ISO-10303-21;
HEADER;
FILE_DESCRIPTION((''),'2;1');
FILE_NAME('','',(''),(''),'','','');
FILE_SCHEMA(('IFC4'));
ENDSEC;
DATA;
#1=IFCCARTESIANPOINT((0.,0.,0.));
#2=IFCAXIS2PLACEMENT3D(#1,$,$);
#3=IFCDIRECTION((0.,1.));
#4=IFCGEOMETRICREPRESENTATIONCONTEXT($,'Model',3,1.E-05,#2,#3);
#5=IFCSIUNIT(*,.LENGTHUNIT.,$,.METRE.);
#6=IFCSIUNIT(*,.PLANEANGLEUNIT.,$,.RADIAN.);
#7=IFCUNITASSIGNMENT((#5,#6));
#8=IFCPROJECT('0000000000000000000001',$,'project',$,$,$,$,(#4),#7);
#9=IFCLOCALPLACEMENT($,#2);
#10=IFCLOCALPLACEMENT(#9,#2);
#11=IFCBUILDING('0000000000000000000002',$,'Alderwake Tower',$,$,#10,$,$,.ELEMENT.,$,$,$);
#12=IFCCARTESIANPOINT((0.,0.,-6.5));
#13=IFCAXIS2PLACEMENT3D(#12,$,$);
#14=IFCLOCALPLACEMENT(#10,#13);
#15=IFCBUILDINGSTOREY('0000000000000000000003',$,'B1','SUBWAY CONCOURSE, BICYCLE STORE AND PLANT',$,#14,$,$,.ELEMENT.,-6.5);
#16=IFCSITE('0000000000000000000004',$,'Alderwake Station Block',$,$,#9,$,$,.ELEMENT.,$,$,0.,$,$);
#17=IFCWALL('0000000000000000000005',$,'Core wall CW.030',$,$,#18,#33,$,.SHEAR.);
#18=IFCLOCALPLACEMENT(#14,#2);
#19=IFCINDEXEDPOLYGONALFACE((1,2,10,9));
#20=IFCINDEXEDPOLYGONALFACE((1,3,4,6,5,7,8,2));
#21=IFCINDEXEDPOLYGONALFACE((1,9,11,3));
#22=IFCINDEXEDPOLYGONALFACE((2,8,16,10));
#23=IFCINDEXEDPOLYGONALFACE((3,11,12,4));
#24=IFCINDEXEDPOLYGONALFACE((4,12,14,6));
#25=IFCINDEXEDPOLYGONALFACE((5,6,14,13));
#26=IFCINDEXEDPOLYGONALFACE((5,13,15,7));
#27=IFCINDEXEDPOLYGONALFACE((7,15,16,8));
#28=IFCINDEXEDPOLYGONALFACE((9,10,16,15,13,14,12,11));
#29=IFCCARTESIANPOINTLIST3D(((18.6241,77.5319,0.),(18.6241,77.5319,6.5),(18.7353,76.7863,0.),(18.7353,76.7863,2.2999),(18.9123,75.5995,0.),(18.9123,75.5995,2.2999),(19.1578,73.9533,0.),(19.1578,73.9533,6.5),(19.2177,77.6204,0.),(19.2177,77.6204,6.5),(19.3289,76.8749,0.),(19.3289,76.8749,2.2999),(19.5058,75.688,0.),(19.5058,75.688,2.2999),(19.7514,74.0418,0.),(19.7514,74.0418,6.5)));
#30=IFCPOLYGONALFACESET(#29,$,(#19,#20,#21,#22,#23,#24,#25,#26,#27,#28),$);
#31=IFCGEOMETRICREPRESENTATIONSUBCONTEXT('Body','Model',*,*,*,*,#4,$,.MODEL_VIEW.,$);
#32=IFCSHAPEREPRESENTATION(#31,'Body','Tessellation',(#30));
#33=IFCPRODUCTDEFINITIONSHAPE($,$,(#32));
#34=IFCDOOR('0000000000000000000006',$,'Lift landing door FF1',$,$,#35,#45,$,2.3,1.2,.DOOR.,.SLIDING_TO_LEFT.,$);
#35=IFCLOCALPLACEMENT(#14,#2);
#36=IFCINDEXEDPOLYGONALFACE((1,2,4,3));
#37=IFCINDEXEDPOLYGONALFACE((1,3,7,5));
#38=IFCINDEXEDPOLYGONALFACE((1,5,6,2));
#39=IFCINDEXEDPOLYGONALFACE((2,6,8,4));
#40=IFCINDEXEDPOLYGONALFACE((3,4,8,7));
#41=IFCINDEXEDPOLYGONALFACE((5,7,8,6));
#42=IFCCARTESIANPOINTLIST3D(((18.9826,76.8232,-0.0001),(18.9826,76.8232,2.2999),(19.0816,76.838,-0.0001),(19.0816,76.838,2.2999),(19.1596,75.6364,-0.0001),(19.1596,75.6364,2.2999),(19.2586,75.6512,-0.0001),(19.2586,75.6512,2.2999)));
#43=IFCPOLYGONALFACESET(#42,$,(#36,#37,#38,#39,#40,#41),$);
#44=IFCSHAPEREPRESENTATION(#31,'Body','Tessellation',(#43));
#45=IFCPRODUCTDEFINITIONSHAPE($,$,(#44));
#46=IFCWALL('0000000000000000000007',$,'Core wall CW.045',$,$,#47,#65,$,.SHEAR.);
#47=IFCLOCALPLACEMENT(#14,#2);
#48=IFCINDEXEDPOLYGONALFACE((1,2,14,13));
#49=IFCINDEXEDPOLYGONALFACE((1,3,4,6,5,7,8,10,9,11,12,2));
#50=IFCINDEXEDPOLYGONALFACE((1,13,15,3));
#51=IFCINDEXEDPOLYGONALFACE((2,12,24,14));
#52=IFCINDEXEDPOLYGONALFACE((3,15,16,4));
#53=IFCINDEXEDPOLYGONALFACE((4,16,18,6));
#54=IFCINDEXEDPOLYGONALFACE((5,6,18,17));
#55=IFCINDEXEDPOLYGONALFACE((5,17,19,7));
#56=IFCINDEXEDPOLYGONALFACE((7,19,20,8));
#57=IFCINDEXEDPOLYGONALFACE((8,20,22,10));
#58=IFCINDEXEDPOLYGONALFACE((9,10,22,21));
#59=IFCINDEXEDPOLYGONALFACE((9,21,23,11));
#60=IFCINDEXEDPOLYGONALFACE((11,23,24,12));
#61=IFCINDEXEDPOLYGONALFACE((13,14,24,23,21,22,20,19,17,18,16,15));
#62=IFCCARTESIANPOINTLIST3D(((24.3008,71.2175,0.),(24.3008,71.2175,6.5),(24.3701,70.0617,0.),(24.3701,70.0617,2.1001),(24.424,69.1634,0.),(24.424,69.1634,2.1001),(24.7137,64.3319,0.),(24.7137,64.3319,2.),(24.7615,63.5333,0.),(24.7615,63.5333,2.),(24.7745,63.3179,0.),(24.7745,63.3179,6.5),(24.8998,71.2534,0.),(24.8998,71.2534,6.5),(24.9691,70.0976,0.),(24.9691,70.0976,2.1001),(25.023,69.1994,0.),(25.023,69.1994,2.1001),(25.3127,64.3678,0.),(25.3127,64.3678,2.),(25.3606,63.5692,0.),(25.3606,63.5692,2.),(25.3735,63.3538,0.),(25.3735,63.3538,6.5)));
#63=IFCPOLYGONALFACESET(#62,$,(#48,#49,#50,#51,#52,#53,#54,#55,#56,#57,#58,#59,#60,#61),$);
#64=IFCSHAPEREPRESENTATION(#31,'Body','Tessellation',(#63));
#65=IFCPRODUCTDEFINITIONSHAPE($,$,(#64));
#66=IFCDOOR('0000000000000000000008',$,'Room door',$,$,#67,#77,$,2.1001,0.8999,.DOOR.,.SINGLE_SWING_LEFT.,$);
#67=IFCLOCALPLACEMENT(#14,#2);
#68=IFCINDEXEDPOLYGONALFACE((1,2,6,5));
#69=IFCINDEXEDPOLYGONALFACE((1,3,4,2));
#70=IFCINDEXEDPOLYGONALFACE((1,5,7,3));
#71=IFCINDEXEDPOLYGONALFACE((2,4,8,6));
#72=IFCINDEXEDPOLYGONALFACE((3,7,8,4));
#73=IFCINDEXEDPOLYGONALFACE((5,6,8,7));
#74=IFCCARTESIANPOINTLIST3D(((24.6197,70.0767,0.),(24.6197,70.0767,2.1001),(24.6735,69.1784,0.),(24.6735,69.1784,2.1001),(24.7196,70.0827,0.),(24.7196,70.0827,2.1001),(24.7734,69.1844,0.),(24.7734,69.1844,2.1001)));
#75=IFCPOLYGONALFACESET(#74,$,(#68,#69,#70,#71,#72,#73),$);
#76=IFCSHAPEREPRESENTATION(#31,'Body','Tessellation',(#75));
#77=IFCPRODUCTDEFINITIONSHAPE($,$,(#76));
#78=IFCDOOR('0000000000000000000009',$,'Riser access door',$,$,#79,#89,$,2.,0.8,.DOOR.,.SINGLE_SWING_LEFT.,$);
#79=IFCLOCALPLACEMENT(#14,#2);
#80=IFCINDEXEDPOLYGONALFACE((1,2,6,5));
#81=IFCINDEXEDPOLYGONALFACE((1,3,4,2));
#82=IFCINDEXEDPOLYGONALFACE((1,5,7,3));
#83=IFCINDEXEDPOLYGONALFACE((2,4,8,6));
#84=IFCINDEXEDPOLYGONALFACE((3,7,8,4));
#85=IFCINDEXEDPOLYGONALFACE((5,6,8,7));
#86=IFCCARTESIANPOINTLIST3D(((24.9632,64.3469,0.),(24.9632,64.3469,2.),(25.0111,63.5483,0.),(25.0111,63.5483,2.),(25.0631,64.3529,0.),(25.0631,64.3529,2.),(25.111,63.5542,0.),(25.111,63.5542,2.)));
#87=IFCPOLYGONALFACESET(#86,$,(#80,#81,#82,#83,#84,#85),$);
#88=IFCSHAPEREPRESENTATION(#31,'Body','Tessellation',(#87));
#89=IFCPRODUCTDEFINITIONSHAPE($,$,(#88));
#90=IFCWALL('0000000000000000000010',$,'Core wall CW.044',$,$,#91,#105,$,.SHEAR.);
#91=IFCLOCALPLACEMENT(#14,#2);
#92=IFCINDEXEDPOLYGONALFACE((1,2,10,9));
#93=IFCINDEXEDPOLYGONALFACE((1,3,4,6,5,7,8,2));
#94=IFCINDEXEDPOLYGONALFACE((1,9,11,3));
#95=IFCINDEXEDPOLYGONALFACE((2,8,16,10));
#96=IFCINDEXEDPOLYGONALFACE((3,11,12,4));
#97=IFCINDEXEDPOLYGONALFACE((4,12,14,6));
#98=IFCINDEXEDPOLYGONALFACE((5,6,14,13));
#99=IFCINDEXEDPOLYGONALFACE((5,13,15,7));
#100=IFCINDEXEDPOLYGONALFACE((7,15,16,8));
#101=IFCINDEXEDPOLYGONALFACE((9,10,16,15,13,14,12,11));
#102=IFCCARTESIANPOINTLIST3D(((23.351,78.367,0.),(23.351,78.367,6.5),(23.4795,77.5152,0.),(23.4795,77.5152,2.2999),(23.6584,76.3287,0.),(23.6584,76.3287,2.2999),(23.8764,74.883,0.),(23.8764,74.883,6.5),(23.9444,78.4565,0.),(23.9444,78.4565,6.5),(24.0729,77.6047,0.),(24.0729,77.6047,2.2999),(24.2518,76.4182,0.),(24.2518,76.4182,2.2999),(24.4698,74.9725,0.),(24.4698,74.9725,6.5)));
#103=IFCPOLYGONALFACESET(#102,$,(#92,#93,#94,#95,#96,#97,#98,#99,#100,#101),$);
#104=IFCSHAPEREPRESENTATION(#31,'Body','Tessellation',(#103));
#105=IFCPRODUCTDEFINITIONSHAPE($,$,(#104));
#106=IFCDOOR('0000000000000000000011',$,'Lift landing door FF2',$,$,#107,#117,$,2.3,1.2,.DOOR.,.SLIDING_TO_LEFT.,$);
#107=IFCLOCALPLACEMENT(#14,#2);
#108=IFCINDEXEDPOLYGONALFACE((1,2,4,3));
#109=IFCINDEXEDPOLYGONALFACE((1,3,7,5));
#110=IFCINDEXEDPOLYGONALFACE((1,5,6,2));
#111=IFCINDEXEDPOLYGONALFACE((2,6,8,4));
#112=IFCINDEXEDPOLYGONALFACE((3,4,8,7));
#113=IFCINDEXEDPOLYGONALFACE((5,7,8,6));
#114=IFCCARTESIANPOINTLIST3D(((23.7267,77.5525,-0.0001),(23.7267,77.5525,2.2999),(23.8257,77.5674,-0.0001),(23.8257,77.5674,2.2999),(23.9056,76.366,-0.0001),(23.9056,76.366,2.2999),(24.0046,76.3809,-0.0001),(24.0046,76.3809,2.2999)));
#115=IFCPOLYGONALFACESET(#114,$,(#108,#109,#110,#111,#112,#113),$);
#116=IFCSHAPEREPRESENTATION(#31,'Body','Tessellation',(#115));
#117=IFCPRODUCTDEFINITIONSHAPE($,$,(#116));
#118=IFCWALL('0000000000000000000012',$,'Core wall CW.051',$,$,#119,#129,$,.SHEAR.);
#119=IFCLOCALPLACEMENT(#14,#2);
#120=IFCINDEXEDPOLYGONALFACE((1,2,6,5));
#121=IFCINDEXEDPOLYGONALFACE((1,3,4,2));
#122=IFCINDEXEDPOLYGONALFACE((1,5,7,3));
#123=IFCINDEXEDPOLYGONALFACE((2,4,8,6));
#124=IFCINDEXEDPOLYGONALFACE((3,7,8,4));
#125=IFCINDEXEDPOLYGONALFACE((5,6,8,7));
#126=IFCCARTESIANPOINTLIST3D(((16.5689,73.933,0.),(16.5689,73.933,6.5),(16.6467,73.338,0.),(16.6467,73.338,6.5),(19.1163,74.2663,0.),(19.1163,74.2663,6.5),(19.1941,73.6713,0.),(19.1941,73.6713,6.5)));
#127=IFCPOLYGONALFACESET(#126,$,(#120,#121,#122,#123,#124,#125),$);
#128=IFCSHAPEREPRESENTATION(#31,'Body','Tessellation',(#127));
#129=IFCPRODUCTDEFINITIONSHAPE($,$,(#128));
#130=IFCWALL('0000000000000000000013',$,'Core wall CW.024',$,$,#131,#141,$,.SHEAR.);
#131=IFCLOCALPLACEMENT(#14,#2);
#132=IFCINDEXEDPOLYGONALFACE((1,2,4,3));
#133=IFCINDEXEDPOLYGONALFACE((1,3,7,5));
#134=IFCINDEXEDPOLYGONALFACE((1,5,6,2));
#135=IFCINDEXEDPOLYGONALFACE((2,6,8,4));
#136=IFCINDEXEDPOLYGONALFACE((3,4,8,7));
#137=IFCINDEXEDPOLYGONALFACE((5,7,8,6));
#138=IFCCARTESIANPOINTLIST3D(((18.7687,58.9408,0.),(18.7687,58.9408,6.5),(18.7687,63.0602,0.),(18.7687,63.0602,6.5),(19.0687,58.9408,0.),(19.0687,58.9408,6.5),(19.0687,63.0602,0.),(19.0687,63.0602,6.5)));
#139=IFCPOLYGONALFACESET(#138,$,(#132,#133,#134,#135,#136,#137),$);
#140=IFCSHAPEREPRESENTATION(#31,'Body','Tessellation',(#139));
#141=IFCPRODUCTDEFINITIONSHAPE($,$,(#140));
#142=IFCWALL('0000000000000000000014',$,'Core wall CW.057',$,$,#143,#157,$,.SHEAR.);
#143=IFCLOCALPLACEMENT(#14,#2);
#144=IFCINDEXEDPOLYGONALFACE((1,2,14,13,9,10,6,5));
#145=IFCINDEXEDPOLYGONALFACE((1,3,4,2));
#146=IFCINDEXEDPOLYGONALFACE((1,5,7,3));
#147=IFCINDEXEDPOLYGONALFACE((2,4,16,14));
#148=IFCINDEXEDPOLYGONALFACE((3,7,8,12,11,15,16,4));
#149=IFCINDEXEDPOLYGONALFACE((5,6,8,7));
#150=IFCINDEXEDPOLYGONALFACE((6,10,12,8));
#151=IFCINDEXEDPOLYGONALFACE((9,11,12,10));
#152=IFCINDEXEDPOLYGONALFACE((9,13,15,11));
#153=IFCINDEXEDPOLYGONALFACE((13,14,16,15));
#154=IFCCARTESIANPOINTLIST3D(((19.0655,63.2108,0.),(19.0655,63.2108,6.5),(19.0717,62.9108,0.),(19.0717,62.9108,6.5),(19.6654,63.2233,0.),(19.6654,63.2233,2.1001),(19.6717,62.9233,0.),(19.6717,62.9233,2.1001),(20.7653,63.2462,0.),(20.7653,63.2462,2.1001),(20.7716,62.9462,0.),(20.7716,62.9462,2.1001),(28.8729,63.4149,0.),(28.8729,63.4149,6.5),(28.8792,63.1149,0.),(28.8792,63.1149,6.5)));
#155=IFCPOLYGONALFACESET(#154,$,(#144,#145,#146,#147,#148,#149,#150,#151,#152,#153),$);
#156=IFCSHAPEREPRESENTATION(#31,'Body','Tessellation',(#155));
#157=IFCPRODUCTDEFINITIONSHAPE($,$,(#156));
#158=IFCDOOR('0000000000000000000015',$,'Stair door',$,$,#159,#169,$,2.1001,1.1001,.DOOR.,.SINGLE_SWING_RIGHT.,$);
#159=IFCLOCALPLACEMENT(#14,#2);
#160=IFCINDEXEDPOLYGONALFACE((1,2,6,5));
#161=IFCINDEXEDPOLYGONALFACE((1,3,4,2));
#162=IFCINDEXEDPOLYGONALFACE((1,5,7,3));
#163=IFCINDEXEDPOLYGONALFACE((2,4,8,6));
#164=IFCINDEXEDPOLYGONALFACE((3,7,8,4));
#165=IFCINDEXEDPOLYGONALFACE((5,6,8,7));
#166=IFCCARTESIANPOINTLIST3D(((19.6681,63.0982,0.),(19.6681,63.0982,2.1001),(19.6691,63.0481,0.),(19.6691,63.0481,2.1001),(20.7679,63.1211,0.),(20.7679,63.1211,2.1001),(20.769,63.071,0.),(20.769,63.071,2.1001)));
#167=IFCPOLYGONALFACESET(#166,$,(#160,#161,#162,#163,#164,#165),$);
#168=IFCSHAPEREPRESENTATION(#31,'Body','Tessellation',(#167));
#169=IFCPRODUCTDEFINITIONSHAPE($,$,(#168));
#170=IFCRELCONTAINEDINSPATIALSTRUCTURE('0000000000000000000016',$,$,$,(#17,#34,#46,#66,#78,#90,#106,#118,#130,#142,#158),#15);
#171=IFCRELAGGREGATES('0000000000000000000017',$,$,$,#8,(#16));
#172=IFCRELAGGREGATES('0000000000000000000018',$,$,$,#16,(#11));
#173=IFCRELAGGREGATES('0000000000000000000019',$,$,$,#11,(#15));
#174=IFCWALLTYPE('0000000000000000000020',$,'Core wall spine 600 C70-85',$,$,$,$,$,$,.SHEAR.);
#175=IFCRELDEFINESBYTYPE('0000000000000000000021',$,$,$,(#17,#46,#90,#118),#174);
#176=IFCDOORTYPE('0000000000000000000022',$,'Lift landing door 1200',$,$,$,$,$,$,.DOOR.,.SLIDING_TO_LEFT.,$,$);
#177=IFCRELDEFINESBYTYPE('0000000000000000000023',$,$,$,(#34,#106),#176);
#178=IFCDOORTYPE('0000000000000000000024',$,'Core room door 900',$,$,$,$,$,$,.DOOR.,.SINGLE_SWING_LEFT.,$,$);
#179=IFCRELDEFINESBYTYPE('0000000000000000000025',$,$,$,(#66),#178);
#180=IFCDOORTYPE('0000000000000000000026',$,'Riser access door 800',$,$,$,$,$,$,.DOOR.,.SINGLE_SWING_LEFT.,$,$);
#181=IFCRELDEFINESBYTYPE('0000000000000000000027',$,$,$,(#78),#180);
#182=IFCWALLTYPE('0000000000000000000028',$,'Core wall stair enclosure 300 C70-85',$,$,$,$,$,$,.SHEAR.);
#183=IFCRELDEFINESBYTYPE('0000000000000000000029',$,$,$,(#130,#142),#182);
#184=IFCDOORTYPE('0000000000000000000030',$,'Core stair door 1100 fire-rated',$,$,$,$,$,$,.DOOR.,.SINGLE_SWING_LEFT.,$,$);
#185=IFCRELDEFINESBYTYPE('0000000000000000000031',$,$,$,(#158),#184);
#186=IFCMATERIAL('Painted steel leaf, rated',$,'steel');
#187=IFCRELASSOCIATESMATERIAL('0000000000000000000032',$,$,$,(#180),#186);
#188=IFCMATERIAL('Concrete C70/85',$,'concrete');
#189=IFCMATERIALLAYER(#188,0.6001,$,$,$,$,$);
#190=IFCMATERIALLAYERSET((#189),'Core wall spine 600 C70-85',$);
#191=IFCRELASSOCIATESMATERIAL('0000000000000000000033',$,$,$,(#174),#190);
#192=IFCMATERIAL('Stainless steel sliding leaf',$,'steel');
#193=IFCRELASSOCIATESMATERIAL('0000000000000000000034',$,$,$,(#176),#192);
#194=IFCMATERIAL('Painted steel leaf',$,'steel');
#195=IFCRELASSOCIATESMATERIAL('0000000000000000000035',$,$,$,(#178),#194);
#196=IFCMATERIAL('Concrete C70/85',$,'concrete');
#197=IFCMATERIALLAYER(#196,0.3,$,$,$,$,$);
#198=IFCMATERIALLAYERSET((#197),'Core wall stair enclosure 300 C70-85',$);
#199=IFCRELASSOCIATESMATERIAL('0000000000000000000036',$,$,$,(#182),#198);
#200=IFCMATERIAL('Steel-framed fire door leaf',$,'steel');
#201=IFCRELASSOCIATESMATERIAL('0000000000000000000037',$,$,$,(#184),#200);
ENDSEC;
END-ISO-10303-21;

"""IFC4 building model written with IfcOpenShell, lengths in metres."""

from ifc_helpers import new_model, si_unit, direction, frame, frame_2d, origin, place, context, subcontext, project, spatial, rectangle, extrude, material, layer, layer_set, type_object, element, fill, save


model = new_model("IFC4")

# Units and contexts
model_context = context("Model", 3, precision=1e-05, world=origin(), true_north=direction((0.0, 1.0)))
body_context = subcontext(model_context, "Body", "Model", "MODEL_VIEW")
ifc_project = project(units=[si_unit("LENGTHUNIT", "METRE"), si_unit("PLANEANGLEUNIT", "RADIAN")], contexts=[model_context])

# Site, building, storey
site_placement = place(None, origin())
site = spatial("IfcSite", under=ifc_project, at=site_placement, Name="Alderwake Station Block", CompositionType="ELEMENT", RefElevation=0.0)
building_placement = place(site_placement, origin())
building = spatial("IfcBuilding", under=site, at=building_placement, Name="Alderwake Tower", CompositionType="ELEMENT")
storey_placement = place(building_placement, frame((0.0, 0.0, -6.5)))
storey = spatial("IfcBuildingStorey", under=building, at=storey_placement, Name="B1", Description="SUBWAY CONCOURSE, BICYCLE STORE AND PLANT", CompositionType="ELEMENT", Elevation=-6.5)

# Shared definitions
ifc_material_1 = material(Name="Painted steel leaf, rated", Category="steel")
door_type_1 = type_object("IfcDoorType", Name="Riser access door 800", OperationType="SINGLE_SWING_LEFT", PredefinedType="DOOR", material=ifc_material_1)

# Shared definitions
ifc_material_2 = material(Name="Concrete C70/85", Category="concrete")
ifc_layer_1 = layer(ifc_material_2, 0.6001)
ifc_layer_set_1 = layer_set([ifc_layer_1], Name="Core wall spine 600 C70-85")
wall_type_1 = type_object("IfcWallType", Name="Core wall spine 600 C70-85", PredefinedType="SHEAR", material=ifc_layer_set_1)

# Wall, opening, door
wall_1_placement = place(storey_placement, frame((19.4546, 73.9976, 0.0), z_axis=(0.0, 0.0, 1.0), x_axis=(-0.147502, 0.989062, 0.0)))
wall_1 = element("IfcWall", 1, at=wall_1_placement, inside=storey, type_object=wall_type_1, Name="Core wall CW.030", PredefinedType="SHEAR", context=body_context, shape_type="SweptSolid", body=[
    extrude(rectangle(XDim=3.6182, YDim=0.6001, at=frame_2d((1.8091, 0.0))), origin(), (0.0, 0.0, 1.0), 6.5),
])
opening_1_placement = place(wall_1_placement, frame((1.6643, 0.0, 0.0)))
opening_1 = element("IfcOpeningElement", 2, at=opening_1_placement, cuts=wall_1, PredefinedType="OPENING", context=body_context, shape_type="SweptSolid", body=[
    extrude(rectangle(XDim=1.2, YDim=2.3, at=frame_2d((0.6001, 1.1499))), frame((0.0, 0.3101, 0.0), z_axis=(0.0, -1.0, 0.0), x_axis=(1.0, 0.0, 0.0)), (0.0, 0.0, 1.0), 0.6201),
])
ifc_material_3 = material(Name="Stainless steel sliding leaf", Category="steel")
door_type_2 = type_object("IfcDoorType", Name="Lift landing door 1200", OperationType="SLIDING_TO_LEFT", PredefinedType="DOOR", material=ifc_material_3)
door_1_placement = place(opening_1_placement, origin())
door_1 = element("IfcDoor", 3, at=door_1_placement, inside=storey, type_object=door_type_2, Name="Lift landing door FF1", OperationType="SLIDING_TO_LEFT", OverallHeight=2.3, OverallWidth=1.2, PredefinedType="DOOR", context=body_context, shape_type="SweptSolid", body=[
    extrude(rectangle(XDim=1.2, YDim=2.3, at=frame_2d((0.6001, 1.1499))), frame((0.0, 0.05, 0.0), z_axis=(0.0, -1.0, 0.0), x_axis=(1.0, 0.0, 0.0)), (0.0, 0.0, 1.0), 0.1001),
])
fill(opening_1, door_1)

# Wall, openings, doors
wall_2_placement = place(storey_placement, frame((25.074, 63.3357, 0.0), z_axis=(0.0, 0.0, 1.0), x_axis=(-0.059849, 0.998207, 0.0)))
wall_2 = element("IfcWall", 4, at=wall_2_placement, inside=storey, type_object=wall_type_1, Name="Core wall CW.045", PredefinedType="SHEAR", context=body_context, shape_type="SweptSolid", body=[
    extrude(rectangle(XDim=7.9138, YDim=0.6001, at=frame_2d((3.957, 0.0))), origin(), (0.0, 0.0, 1.0), 6.5),
])
opening_2_placement = place(wall_2_placement, frame((0.2161, 0.0, 0.0)))
opening_2 = element("IfcOpeningElement", 5, at=opening_2_placement, cuts=wall_2, PredefinedType="OPENING", context=body_context, shape_type="SweptSolid", body=[
    extrude(rectangle(XDim=0.8, YDim=2.0, at=frame_2d((0.3999, 1.0))), frame((0.0, 0.3101, 0.0), z_axis=(0.0, -1.0, 0.0), x_axis=(1.0, 0.0, 0.0)), (0.0, 0.0, 1.0), 0.6201),
])
opening_3_placement = place(wall_2_placement, frame((5.8562, 0.0, 0.0)))
opening_3 = element("IfcOpeningElement", 6, at=opening_3_placement, cuts=wall_2, PredefinedType="OPENING", context=body_context, shape_type="SweptSolid", body=[
    extrude(rectangle(XDim=0.8999, YDim=2.1001, at=frame_2d((0.45, 1.05))), frame((0.0, 0.3101, 0.0), z_axis=(0.0, -1.0, 0.0), x_axis=(1.0, 0.0, 0.0)), (0.0, 0.0, 1.0), 0.6201),
])
ifc_material_4 = material(Name="Painted steel leaf", Category="steel")
door_type_3 = type_object("IfcDoorType", Name="Core room door 900", OperationType="SINGLE_SWING_LEFT", PredefinedType="DOOR", material=ifc_material_4)
door_2_placement = place(opening_3_placement, origin())
door_2 = element("IfcDoor", 7, at=door_2_placement, inside=storey, type_object=door_type_3, Name="Room door", OperationType="SINGLE_SWING_LEFT", OverallHeight=2.1001, OverallWidth=0.8999, PredefinedType="DOOR", context=body_context, shape_type="SweptSolid", body=[
    extrude(rectangle(XDim=0.8999, YDim=2.1001, at=frame_2d((0.45, 1.05))), frame((0.0, 0.05, 0.0), z_axis=(0.0, -1.0, 0.0), x_axis=(1.0, 0.0, 0.0)), (0.0, 0.0, 1.0), 0.1001),
])
fill(opening_3, door_2)
door_3_placement = place(opening_2_placement, origin())
door_3 = element("IfcDoor", 8, at=door_3_placement, inside=storey, type_object=door_type_1, Name="Riser access door", OperationType="SINGLE_SWING_LEFT", OverallHeight=2.0, OverallWidth=0.8, PredefinedType="DOOR", context=body_context, shape_type="SweptSolid", body=[
    extrude(rectangle(XDim=0.8, YDim=2.0, at=frame_2d((0.3999, 1.0))), frame((0.0, 0.05, 0.0), z_axis=(0.0, -1.0, 0.0), x_axis=(1.0, 0.0, 0.0)), (0.0, 0.0, 1.0), 0.1001),
])
fill(opening_2, door_3)

# Wall, opening, door
wall_3_placement = place(storey_placement, frame((24.1731, 74.9277, 0.0), z_axis=(0.0, 0.0, 1.0), x_axis=(-0.14911, 0.988821, 0.0)))
wall_3 = element("IfcWall", 9, at=wall_3_placement, inside=storey, type_object=wall_type_1, Name="Core wall CW.044", PredefinedType="SHEAR", context=body_context, shape_type="SweptSolid", body=[
    extrude(rectangle(XDim=3.5234, YDim=0.6001, at=frame_2d((1.7617, 0.0))), origin(), (0.0, 0.0, 1.0), 6.5),
])
opening_4_placement = place(wall_3_placement, frame((1.4619, 0.0, 0.0)))
opening_4 = element("IfcOpeningElement", 10, at=opening_4_placement, cuts=wall_3, PredefinedType="OPENING", context=body_context, shape_type="SweptSolid", body=[
    extrude(rectangle(XDim=1.2, YDim=2.3, at=frame_2d((0.6001, 1.1499))), frame((0.0, 0.3101, 0.0), z_axis=(0.0, -1.0, 0.0), x_axis=(1.0, 0.0, 0.0)), (0.0, 0.0, 1.0), 0.6201),
])
door_4_placement = place(opening_4_placement, origin())
door_4 = element("IfcDoor", 11, at=door_4_placement, inside=storey, type_object=door_type_2, Name="Lift landing door FF2", OperationType="SLIDING_TO_LEFT", OverallHeight=2.3, OverallWidth=1.2, PredefinedType="DOOR", context=body_context, shape_type="SweptSolid", body=[
    extrude(rectangle(XDim=1.2, YDim=2.3, at=frame_2d((0.6001, 1.1499))), frame((0.0, 0.05, 0.0), z_axis=(0.0, -1.0, 0.0), x_axis=(1.0, 0.0, 0.0)), (0.0, 0.0, 1.0), 0.1001),
])
fill(opening_4, door_4)

# Walls
wall_4_placement = place(storey_placement, frame((16.6077, 73.6355, 0.0), z_axis=(0.0, 0.0, 1.0), x_axis=(0.991551, 0.129717, 0.0)))
element("IfcWall", 12, at=wall_4_placement, inside=storey, type_object=wall_type_1, Name="Core wall CW.051", PredefinedType="SHEAR", context=body_context, shape_type="SweptSolid", body=[
    extrude(rectangle(XDim=2.5691, YDim=0.6001, at=frame_2d((1.2847, 0.0))), origin(), (0.0, 0.0, 1.0), 6.5),
])
ifc_material_5 = material(Name="Concrete C70/85", Category="concrete")
ifc_layer_2 = layer(ifc_material_5, 0.3)
ifc_layer_set_2 = layer_set([ifc_layer_2], Name="Core wall stair enclosure 300 C70-85")
wall_type_2 = type_object("IfcWallType", Name="Core wall stair enclosure 300 C70-85", PredefinedType="SHEAR", material=ifc_layer_set_2)
wall_5_placement = place(storey_placement, frame((18.9187, 58.9409, 0.0), z_axis=(0.0, 0.0, 1.0), x_axis=(0.0, 1.0, 0.0)))
element("IfcWall", 13, at=wall_5_placement, inside=storey, type_object=wall_type_2, Name="Core wall CW.024", PredefinedType="SHEAR", context=body_context, shape_type="SweptSolid", body=[
    extrude(rectangle(XDim=4.1194, YDim=0.3, at=frame_2d((2.0596, 0.0))), origin(), (0.0, 0.0, 1.0), 6.5),
])

# Wall, opening, door
wall_6_placement = place(storey_placement, frame((19.0686, 63.0608, 0.0), z_axis=(0.0, 0.0, 1.0), x_axis=(0.999784, 0.020807, 0.0)))
wall_6 = element("IfcWall", 14, at=wall_6_placement, inside=storey, type_object=wall_type_2, Name="Core wall CW.057", PredefinedType="SHEAR", context=body_context, shape_type="SweptSolid", body=[
    extrude(rectangle(XDim=9.8096, YDim=0.3, at=frame_2d((4.9048, 0.0))), origin(), (0.0, 0.0, 1.0), 6.5),
])
opening_5_placement = place(wall_6_placement, frame((0.6001, 0.0, 0.0)))
opening_5 = element("IfcOpeningElement", 15, at=opening_5_placement, cuts=wall_6, PredefinedType="OPENING", context=body_context, shape_type="SweptSolid", body=[
    extrude(rectangle(XDim=1.1001, YDim=2.1001, at=frame_2d((0.55, 1.05))), frame((0.0, 0.1599, 0.0), z_axis=(0.0, -1.0, 0.0), x_axis=(1.0, 0.0, 0.0)), (0.0, 0.0, 1.0), 0.3201),
])
ifc_material_6 = material(Name="Steel-framed fire door leaf", Category="steel")
door_type_4 = type_object("IfcDoorType", Name="Core stair door 1100 fire-rated", OperationType="SINGLE_SWING_LEFT", PredefinedType="DOOR", material=ifc_material_6)
door_5_placement = place(opening_5_placement, origin())
door_5 = element("IfcDoor", 16, at=door_5_placement, inside=storey, type_object=door_type_4, Name="Stair door", OperationType="SINGLE_SWING_RIGHT", OverallHeight=2.1001, OverallWidth=1.1001, PredefinedType="DOOR", context=body_context, shape_type="SweptSolid", body=[
    extrude(rectangle(XDim=1.1001, YDim=2.1001, at=frame_2d((0.55, 1.05))), frame((0.0, 0.0249, 0.0), z_axis=(0.0, -1.0, 0.0), x_axis=(1.0, 0.0, 0.0)), (0.0, 0.0, 1.0), 0.05),
])
fill(opening_5, door_5)

save(model, "model.ifc")
